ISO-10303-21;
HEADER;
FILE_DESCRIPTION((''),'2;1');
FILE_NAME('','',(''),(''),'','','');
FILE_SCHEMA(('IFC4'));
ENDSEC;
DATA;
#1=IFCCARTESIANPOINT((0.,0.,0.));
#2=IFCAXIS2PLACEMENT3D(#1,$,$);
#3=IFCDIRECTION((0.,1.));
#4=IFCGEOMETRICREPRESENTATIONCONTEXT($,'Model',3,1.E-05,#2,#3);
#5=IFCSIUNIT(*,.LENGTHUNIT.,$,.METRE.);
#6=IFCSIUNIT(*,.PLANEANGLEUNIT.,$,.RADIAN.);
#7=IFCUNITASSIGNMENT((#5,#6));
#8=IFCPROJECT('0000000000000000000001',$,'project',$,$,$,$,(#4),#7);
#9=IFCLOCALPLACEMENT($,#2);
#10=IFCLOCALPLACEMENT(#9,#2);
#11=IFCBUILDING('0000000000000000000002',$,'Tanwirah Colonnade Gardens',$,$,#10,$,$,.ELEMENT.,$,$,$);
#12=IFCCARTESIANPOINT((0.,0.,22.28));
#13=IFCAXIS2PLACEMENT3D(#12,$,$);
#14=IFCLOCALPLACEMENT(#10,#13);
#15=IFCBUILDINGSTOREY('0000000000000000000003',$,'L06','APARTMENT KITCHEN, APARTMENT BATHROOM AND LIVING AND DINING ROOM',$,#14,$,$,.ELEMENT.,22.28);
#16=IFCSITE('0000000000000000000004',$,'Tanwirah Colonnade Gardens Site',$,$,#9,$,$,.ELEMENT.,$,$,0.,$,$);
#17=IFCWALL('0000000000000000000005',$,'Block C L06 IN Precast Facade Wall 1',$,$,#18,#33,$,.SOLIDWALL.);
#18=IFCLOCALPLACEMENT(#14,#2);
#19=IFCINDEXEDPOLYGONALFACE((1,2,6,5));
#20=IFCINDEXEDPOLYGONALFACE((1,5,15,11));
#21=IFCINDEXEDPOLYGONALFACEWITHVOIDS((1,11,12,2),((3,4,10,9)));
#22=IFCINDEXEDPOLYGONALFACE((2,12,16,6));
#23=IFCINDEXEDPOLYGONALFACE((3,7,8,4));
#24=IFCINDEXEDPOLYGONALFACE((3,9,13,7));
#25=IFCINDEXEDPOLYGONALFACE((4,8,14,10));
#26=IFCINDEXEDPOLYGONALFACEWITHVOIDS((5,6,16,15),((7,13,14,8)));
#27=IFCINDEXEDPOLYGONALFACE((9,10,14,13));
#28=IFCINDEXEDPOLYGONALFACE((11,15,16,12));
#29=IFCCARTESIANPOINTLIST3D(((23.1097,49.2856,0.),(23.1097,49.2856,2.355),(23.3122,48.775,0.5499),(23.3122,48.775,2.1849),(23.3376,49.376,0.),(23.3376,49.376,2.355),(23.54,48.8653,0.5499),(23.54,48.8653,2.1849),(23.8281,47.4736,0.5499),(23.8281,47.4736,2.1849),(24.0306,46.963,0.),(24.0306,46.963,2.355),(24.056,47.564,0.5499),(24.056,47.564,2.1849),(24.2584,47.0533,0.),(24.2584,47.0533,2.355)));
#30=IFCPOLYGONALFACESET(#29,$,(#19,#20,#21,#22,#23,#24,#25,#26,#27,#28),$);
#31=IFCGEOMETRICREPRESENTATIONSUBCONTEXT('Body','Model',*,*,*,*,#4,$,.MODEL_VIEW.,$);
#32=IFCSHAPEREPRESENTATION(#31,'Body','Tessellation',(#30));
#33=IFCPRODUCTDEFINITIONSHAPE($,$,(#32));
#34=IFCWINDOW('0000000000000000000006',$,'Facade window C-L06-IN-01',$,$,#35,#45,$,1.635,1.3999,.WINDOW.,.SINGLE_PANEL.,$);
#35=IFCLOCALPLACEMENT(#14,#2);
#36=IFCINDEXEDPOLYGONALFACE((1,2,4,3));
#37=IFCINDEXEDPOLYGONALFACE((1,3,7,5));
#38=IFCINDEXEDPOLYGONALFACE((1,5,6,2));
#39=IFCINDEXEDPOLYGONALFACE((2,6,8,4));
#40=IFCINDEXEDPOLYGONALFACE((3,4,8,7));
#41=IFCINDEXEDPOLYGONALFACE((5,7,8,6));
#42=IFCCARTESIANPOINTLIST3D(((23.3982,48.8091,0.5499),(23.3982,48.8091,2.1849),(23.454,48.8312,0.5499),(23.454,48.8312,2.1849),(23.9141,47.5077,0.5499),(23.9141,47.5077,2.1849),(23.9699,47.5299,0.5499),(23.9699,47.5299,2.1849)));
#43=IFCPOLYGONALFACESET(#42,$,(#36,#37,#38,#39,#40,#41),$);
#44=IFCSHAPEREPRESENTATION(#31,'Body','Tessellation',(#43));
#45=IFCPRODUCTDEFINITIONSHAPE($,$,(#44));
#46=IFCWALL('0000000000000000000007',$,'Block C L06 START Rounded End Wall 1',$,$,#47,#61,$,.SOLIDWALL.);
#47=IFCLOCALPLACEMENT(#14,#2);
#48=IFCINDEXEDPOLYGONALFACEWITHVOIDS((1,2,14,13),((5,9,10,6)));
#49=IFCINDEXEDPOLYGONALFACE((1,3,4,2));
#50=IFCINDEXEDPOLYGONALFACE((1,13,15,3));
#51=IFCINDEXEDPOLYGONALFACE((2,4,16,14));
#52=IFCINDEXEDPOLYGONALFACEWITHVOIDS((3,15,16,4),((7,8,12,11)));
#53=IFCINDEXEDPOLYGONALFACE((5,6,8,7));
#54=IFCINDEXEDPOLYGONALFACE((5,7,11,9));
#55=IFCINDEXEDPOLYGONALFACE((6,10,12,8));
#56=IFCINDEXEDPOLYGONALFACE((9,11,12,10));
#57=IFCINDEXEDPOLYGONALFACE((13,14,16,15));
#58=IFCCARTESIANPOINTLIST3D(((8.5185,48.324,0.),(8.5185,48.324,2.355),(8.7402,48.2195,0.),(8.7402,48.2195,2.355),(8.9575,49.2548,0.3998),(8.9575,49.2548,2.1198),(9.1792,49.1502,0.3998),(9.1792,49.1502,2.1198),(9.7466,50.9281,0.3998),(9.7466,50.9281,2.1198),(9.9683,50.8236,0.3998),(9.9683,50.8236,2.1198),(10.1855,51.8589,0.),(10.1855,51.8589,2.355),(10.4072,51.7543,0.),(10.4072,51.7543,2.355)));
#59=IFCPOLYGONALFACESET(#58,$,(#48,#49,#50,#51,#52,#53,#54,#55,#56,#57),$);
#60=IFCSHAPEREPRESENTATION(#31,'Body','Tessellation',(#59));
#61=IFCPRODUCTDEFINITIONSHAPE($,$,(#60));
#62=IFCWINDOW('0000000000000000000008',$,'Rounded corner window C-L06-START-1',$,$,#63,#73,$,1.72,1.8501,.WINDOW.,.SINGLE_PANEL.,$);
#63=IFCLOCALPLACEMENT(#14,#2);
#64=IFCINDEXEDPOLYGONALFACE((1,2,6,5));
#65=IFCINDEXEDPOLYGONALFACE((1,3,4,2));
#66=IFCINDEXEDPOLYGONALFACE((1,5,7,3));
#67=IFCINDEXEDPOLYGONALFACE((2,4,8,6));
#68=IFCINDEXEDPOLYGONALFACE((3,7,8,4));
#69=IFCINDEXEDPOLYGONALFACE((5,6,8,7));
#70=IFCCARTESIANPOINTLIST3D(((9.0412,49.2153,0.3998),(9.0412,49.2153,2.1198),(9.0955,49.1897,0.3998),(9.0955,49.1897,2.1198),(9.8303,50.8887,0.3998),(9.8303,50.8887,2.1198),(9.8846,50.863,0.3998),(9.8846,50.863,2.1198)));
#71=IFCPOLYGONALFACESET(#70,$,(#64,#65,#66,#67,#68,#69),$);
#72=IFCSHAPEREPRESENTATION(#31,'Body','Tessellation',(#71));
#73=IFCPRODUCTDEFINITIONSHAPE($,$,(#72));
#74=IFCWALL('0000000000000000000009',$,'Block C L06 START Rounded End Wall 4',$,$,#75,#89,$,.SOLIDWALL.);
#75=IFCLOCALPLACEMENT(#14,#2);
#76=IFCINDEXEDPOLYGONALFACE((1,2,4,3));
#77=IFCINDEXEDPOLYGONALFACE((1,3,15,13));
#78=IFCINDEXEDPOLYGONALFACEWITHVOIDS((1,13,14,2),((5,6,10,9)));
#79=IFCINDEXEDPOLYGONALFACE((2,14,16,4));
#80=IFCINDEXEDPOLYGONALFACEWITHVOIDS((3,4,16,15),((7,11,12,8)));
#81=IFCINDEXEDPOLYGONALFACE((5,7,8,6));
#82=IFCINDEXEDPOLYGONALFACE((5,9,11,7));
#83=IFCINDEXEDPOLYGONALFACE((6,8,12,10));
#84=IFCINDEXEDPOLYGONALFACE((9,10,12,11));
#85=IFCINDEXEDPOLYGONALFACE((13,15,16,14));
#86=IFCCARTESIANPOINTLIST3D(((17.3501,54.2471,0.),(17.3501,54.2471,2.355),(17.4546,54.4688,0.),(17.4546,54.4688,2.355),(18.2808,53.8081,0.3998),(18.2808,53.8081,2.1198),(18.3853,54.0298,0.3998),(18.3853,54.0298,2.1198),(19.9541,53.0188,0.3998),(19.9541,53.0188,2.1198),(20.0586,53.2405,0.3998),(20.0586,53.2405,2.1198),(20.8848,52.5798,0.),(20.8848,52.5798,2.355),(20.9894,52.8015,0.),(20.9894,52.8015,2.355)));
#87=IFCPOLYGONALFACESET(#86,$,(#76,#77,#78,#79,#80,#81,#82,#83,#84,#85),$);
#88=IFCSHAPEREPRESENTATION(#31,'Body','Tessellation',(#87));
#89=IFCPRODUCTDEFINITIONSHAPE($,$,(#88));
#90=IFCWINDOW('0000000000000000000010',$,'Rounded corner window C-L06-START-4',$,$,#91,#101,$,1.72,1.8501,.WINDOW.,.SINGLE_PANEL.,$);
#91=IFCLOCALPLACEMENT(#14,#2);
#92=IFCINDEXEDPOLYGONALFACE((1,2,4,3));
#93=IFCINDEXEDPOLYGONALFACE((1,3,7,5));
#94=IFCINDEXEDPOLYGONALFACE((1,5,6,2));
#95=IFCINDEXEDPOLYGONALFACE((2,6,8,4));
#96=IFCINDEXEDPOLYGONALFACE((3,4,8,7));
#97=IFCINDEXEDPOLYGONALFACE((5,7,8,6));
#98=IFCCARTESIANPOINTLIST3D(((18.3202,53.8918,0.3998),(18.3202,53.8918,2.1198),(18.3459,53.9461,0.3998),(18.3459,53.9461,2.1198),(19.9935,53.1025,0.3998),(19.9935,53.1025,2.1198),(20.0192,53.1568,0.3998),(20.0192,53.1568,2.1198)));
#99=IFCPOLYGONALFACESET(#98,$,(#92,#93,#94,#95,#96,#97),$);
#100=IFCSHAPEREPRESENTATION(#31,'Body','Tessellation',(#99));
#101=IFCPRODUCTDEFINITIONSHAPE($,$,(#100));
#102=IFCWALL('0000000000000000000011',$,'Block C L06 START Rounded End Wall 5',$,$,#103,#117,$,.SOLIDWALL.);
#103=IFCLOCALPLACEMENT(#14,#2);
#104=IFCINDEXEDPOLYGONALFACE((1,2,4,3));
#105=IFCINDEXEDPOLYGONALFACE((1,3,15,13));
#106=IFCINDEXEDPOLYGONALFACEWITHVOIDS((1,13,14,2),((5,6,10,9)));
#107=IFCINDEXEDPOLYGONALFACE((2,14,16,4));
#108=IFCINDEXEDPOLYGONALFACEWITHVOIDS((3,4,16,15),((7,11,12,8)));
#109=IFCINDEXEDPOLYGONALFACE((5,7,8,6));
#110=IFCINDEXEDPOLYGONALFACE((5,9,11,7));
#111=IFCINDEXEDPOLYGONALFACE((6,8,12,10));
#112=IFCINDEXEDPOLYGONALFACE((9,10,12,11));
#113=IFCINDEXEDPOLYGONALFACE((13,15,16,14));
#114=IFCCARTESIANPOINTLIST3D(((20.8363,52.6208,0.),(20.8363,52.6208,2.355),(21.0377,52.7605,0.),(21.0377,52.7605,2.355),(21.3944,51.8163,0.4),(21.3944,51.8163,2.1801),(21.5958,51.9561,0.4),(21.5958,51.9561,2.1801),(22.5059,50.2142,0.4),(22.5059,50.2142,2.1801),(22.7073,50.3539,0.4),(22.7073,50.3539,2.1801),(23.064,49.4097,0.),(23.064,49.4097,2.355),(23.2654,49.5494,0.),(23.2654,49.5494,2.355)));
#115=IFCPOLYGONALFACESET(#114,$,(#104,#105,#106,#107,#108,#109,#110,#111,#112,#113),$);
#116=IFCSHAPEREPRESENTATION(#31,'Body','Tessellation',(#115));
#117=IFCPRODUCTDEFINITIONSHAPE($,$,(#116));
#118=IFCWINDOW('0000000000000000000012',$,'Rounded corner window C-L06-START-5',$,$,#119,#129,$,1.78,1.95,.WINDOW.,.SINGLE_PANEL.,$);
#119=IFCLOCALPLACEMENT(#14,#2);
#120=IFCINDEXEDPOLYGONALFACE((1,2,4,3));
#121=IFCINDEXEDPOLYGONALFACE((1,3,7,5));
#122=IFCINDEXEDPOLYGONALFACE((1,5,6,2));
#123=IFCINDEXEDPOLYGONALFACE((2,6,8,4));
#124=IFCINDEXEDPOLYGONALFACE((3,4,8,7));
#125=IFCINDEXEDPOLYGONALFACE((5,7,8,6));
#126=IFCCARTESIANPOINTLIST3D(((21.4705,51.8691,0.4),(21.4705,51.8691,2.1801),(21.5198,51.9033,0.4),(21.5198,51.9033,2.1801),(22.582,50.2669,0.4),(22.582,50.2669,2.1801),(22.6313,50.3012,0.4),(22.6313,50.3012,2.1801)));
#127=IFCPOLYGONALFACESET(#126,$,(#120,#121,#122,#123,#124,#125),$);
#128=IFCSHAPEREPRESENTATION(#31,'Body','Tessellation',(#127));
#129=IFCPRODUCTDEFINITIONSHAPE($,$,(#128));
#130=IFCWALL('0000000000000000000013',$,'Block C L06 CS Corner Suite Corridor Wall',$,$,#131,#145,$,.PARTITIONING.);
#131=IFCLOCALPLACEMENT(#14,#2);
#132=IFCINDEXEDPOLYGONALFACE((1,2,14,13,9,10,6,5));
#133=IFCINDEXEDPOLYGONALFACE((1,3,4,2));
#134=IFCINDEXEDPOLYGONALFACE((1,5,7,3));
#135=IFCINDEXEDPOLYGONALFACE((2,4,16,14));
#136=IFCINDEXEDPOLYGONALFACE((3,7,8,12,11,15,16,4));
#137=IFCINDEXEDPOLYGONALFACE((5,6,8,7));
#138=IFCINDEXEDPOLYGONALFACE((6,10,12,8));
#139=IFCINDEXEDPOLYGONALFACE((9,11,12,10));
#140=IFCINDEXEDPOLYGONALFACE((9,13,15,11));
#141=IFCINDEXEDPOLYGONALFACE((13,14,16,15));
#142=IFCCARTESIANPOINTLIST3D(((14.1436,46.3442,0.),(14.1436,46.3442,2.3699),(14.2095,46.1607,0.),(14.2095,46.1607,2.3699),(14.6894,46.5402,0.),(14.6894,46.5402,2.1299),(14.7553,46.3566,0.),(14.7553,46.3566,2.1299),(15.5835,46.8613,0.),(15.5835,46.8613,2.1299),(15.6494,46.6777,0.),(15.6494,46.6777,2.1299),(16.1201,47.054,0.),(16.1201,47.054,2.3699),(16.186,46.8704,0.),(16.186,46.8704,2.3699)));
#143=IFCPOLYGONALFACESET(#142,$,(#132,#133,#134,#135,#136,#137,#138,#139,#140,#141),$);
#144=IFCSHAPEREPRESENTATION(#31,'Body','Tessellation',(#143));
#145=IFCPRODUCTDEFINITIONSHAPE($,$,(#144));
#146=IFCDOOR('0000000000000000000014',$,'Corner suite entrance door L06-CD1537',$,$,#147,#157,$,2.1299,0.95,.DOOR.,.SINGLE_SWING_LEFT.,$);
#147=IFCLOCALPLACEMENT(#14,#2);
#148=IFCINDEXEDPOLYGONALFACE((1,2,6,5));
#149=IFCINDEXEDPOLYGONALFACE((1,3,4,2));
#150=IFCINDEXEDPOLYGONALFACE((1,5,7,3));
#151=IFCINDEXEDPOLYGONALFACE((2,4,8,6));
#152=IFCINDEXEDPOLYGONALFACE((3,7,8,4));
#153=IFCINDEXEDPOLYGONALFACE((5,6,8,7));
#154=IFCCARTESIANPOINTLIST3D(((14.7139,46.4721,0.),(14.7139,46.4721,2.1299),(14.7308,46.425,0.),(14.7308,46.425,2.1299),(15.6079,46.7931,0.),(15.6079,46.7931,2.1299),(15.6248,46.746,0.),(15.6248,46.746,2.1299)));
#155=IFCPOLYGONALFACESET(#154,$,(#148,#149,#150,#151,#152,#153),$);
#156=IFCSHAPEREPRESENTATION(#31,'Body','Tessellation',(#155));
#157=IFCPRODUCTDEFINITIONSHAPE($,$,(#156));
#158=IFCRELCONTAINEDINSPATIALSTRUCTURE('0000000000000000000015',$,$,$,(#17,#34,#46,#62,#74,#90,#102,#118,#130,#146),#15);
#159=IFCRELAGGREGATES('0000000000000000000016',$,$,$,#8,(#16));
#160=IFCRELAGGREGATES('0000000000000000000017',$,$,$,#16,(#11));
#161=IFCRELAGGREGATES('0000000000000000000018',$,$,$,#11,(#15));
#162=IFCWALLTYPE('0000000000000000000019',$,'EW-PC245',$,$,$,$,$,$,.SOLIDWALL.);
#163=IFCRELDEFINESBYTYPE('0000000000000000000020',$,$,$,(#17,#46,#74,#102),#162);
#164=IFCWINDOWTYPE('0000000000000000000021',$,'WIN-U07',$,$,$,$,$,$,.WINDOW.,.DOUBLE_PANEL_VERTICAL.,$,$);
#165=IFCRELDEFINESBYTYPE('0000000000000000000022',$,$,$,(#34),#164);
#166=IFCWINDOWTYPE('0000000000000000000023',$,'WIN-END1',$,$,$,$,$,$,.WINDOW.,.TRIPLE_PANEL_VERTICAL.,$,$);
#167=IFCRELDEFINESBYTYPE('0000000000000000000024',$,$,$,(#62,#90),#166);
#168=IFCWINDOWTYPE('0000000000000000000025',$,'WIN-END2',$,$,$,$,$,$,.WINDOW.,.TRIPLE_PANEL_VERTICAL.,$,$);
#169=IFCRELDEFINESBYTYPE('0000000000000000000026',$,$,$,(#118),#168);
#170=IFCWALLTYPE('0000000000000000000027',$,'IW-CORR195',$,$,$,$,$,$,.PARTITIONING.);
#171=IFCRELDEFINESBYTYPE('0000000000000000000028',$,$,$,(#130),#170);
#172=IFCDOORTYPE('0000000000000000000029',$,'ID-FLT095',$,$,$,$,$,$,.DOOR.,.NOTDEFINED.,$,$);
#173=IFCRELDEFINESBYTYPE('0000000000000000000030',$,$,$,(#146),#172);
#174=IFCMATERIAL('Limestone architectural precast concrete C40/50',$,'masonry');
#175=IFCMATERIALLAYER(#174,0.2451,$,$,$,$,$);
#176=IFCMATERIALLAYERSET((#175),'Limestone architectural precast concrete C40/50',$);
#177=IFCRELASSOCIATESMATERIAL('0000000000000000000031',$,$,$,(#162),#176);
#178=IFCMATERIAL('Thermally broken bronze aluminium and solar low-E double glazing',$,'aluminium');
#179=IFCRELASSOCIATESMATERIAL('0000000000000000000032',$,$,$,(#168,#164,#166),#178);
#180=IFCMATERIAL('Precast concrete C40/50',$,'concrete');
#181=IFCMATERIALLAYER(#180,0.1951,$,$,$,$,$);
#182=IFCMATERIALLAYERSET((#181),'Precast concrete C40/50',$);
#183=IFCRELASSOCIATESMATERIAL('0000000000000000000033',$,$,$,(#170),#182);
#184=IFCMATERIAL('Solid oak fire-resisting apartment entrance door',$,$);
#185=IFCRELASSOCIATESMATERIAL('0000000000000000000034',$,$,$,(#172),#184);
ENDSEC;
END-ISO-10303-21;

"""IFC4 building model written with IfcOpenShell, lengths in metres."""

from ifc_helpers import new_model, si_unit, direction, frame, frame_2d, origin, place, context, subcontext, project, spatial, rectangle, extrude, material, layer, layer_set, type_object, element, fill, save


model = new_model("IFC4")

# Units and contexts
model_context = context("Model", 3, precision=1e-05, world=origin(), true_north=direction((0.0, 1.0)))
body_context = subcontext(model_context, "Body", "Model", "MODEL_VIEW")
ifc_project = project(units=[si_unit("LENGTHUNIT", "METRE"), si_unit("PLANEANGLEUNIT", "RADIAN")], contexts=[model_context])

# Site, building, storey
site_placement = place(None, origin())
site = spatial("IfcSite", under=ifc_project, at=site_placement, Name="Tanwirah Colonnade Gardens Site", CompositionType="ELEMENT", RefElevation=0.0)
building_placement = place(site_placement, origin())
building = spatial("IfcBuilding", under=site, at=building_placement, Name="Tanwirah Colonnade Gardens", CompositionType="ELEMENT")
storey_placement = place(building_placement, frame((0.0, 0.0, 22.28)))
storey = spatial("IfcBuildingStorey", under=building, at=storey_placement, Name="L06", Description="APARTMENT KITCHEN, APARTMENT BATHROOM AND LIVING AND DINING ROOM", CompositionType="ELEMENT", Elevation=22.28)

# Shared definitions
ifc_material_1 = material(Name="Precast concrete C40/50", Category="concrete")

# Shared definitions
ifc_material_2 = material(Name="Limestone architectural precast concrete C40/50", Category="masonry")
ifc_layer_1 = layer(ifc_material_2, 0.2451)
ifc_layer_set_1 = layer_set([ifc_layer_1], Name="Limestone architectural precast concrete C40/50")
wall_type_1 = type_object("IfcWallType", Name="EW-PC245", PredefinedType="SOLIDWALL", material=ifc_layer_set_1)
ifc_material_3 = material(Name="Thermally broken bronze aluminium and solar low-E double glazing", Category="aluminium")
window_type_1 = type_object("IfcWindowType", Name="WIN-END2", PartitioningType="TRIPLE_PANEL_VERTICAL", PredefinedType="WINDOW", material=ifc_material_3)

# Walls, openings, windows
wall_1_placement = place(storey_placement, frame((23.2236, 49.3308, 0.0), z_axis=(0.0, 0.0, 1.0), x_axis=(0.368559, -0.929604, 0.0)))
wall_1 = element("IfcWall", 1, at=wall_1_placement, inside=storey, type_object=wall_type_1, Name="Block C L06 IN Precast Facade Wall 1", PredefinedType="SOLIDWALL", context=body_context, shape_type="SweptSolid", body=[
    extrude(rectangle(XDim=2.4985, YDim=0.2451, at=frame_2d((1.2493, 0.0))), origin(), (0.0, 0.0, 1.0), 2.355),
])
opening_1_placement = place(wall_1_placement, frame((0.5493, 0.0, 0.55)))
opening_1 = element("IfcOpeningElement", 2, at=opening_1_placement, cuts=wall_1, PredefinedType="OPENING", context=body_context, shape_type="SweptSolid", body=[
    extrude(rectangle(XDim=1.3999, YDim=1.635, at=frame_2d((0.7, 0.8174))), frame((0.0, 0.1326, 0.0), z_axis=(0.0, -1.0, 0.0), x_axis=(1.0, 0.0, 0.0)), (0.0, 0.0, 1.0), 0.2651),
])
window_type_2 = type_object("IfcWindowType", Name="WIN-U07", PartitioningType="DOUBLE_PANEL_VERTICAL", PredefinedType="WINDOW", material=ifc_material_3)
window_1_placement = place(opening_1_placement, origin())
window_1 = element("IfcWindow", 3, at=window_1_placement, inside=storey, type_object=window_type_2, Name="Facade window C-L06-IN-01", OverallHeight=1.635, OverallWidth=1.3999, PartitioningType="SINGLE_PANEL", PredefinedType="WINDOW", context=body_context, shape_type="SweptSolid", body=[
    extrude(rectangle(XDim=1.3999, YDim=1.635, at=frame_2d((0.7, 0.8174))), frame((0.0, 0.03, 0.0), z_axis=(0.0, -1.0, 0.0), x_axis=(1.0, 0.0, 0.0)), (0.0, 0.0, 1.0), 0.0601),
])
fill(opening_1, window_1)
wall_2_placement = place(storey_placement, frame((8.6294, 48.2717, 0.0), z_axis=(0.0, 0.0, 1.0), x_axis=(0.426531, 0.904473, 0.0)))
wall_2 = element("IfcWall", 4, at=wall_2_placement, inside=storey, type_object=wall_type_1, Name="Block C L06 START Rounded End Wall 1", PredefinedType="SOLIDWALL", context=body_context, shape_type="SweptSolid", body=[
    extrude(rectangle(XDim=3.9082, YDim=0.2451, at=frame_2d((1.9541, 0.0))), origin(), (0.0, 0.0, 1.0), 2.355),
])
opening_2_placement = place(wall_2_placement, frame((1.0291, 0.0, 0.3999)))
opening_2 = element("IfcOpeningElement", 5, at=opening_2_placement, cuts=wall_2, PredefinedType="OPENING", context=body_context, shape_type="SweptSolid", body=[
    extrude(rectangle(XDim=1.8501, YDim=1.72, at=frame_2d((0.925, 0.8599))), frame((0.0, 0.1326, 0.0), z_axis=(0.0, -1.0, 0.0), x_axis=(1.0, 0.0, 0.0)), (0.0, 0.0, 1.0), 0.2651),
])
window_type_3 = type_object("IfcWindowType", Name="WIN-END1", PartitioningType="TRIPLE_PANEL_VERTICAL", PredefinedType="WINDOW", material=ifc_material_3)
window_2_placement = place(opening_2_placement, origin())
window_2 = element("IfcWindow", 6, at=window_2_placement, inside=storey, type_object=window_type_3, Name="Rounded corner window C-L06-START-1", OverallHeight=1.72, OverallWidth=1.8501, PartitioningType="SINGLE_PANEL", PredefinedType="WINDOW", context=body_context, shape_type="SweptSolid", body=[
    extrude(rectangle(XDim=1.8501, YDim=1.72, at=frame_2d((0.925, 0.8599))), frame((0.0, 0.03, 0.0), z_axis=(0.0, -1.0, 0.0), x_axis=(1.0, 0.0, 0.0)), (0.0, 0.0, 1.0), 0.0601),
])
fill(opening_2, window_2)

# Walls, openings, windows
wall_3_placement = place(storey_placement, frame((17.4023, 54.3579, 0.0), z_axis=(0.0, 0.0, 1.0), x_axis=(0.904438, -0.426606, 0.0)))
wall_3 = element("IfcWall", 7, at=wall_3_placement, inside=storey, type_object=wall_type_1, Name="Block C L06 START Rounded End Wall 4", PredefinedType="SOLIDWALL", context=body_context, shape_type="SweptSolid", body=[
    extrude(rectangle(XDim=3.9082, YDim=0.2451, at=frame_2d((1.9541, 0.0))), origin(), (0.0, 0.0, 1.0), 2.355),
])
opening_3_placement = place(wall_3_placement, frame((1.0291, 0.0, 0.3999)))
opening_3 = element("IfcOpeningElement", 8, at=opening_3_placement, cuts=wall_3, PredefinedType="OPENING", context=body_context, shape_type="SweptSolid", body=[
    extrude(rectangle(XDim=1.8501, YDim=1.72, at=frame_2d((0.925, 0.8599))), frame((0.0, 0.1326, 0.0), z_axis=(0.0, -1.0, 0.0), x_axis=(1.0, 0.0, 0.0)), (0.0, 0.0, 1.0), 0.2651),
])
window_3_placement = place(opening_3_placement, origin())
window_3 = element("IfcWindow", 9, at=window_3_placement, inside=storey, type_object=window_type_3, Name="Rounded corner window C-L06-START-4", OverallHeight=1.72, OverallWidth=1.8501, PartitioningType="SINGLE_PANEL", PredefinedType="WINDOW", context=body_context, shape_type="SweptSolid", body=[
    extrude(rectangle(XDim=1.8501, YDim=1.72, at=frame_2d((0.925, 0.8599))), frame((0.0, 0.03, 0.0), z_axis=(0.0, -1.0, 0.0), x_axis=(1.0, 0.0, 0.0)), (0.0, 0.0, 1.0), 0.0601),
])
fill(opening_3, window_3)
wall_4_placement = place(storey_placement, frame((20.937, 52.6907, 0.0), z_axis=(0.0, 0.0, 1.0), x_axis=(0.570015, -0.821634, 0.0)))
wall_4 = element("IfcWall", 10, at=wall_4_placement, inside=storey, type_object=wall_type_1, Name="Block C L06 START Rounded End Wall 5", PredefinedType="SOLIDWALL", context=body_context, shape_type="SweptSolid", body=[
    extrude(rectangle(XDim=3.9082, YDim=0.2451, at=frame_2d((1.9541, 0.0))), origin(), (0.0, 0.0, 1.0), 2.355),
])
opening_4_placement = place(wall_4_placement, frame((0.979, 0.0, 0.3999)))
opening_4 = element("IfcOpeningElement", 11, at=opening_4_placement, cuts=wall_4, PredefinedType="OPENING", context=body_context, shape_type="SweptSolid", body=[
    extrude(rectangle(XDim=1.95, YDim=1.78, at=frame_2d((0.9751, 0.8901))), frame((0.0, 0.1326, 0.0), z_axis=(0.0, -1.0, 0.0), x_axis=(1.0, 0.0, 0.0)), (0.0, 0.0, 1.0), 0.2651),
])
window_4_placement = place(opening_4_placement, origin())
window_4 = element("IfcWindow", 12, at=window_4_placement, inside=storey, type_object=window_type_1, Name="Rounded corner window C-L06-START-5", OverallHeight=1.78, OverallWidth=1.95, PartitioningType="SINGLE_PANEL", PredefinedType="WINDOW", context=body_context, shape_type="SweptSolid", body=[
    extrude(rectangle(XDim=1.95, YDim=1.78, at=frame_2d((0.9751, 0.8901))), frame((0.0, 0.03, 0.0), z_axis=(0.0, -1.0, 0.0), x_axis=(1.0, 0.0, 0.0)), (0.0, 0.0, 1.0), 0.0601),
])
fill(opening_4, window_4)

# Wall, opening, door
ifc_layer_2 = layer(ifc_material_1, 0.1951)
ifc_layer_set_2 = layer_set([ifc_layer_2], Name="Precast concrete C40/50")
wall_type_2 = type_object("IfcWallType", Name="IW-CORR195", PredefinedType="PARTITIONING", material=ifc_layer_set_2)
ifc_material_4 = material(Name="Solid oak fire-resisting apartment entrance door")
wall_5_placement = place(storey_placement, frame((16.1531, 46.9622, 0.0), z_axis=(0.0, 0.0, 1.0), x_axis=(-0.941167, -0.337941, 0.0)))
wall_5 = element("IfcWall", 13, at=wall_5_placement, inside=storey, type_object=wall_type_2, Name="Block C L06 CS Corner Suite Corridor Wall", PredefinedType="PARTITIONING", context=body_context, shape_type="SweptSolid", body=[
    extrude(rectangle(XDim=2.1001, YDim=0.1951, at=frame_2d((1.05, 0.0))), origin(), (0.0, 0.0, 1.0), 2.3699),
])
opening_5_placement = place(wall_5_placement, frame((0.5701, 0.0, 0.0)))
opening_5 = element("IfcOpeningElement", 14, at=opening_5_placement, cuts=wall_5, PredefinedType="OPENING", context=body_context, shape_type="SweptSolid", body=[
    extrude(rectangle(XDim=0.95, YDim=2.1299, at=frame_2d((0.4751, 1.0649))), frame((0.0, 0.1074, 0.0), z_axis=(0.0, -1.0, 0.0), x_axis=(1.0, 0.0, 0.0)), (0.0, 0.0, 1.0), 0.2151),
])
door_type_1 = type_object("IfcDoorType", Name="ID-FLT095", OperationType="NOTDEFINED", PredefinedType="DOOR", material=ifc_material_4)
door_1_placement = place(opening_5_placement, origin())
door_1 = element("IfcDoor", 15, at=door_1_placement, inside=storey, type_object=door_type_1, Name="Corner suite entrance door L06-CD1537", OperationType="SINGLE_SWING_LEFT", OverallHeight=2.1299, OverallWidth=0.95, PredefinedType="DOOR", context=body_context, shape_type="SweptSolid", body=[
    extrude(rectangle(XDim=0.95, YDim=2.1299, at=frame_2d((0.4751, 1.0649))), frame((0.0, 0.0249, 0.0), z_axis=(0.0, -1.0, 0.0), x_axis=(1.0, 0.0, 0.0)), (0.0, 0.0, 1.0), 0.05),
])
fill(opening_5, door_1)

save(model, "model.ifc")
